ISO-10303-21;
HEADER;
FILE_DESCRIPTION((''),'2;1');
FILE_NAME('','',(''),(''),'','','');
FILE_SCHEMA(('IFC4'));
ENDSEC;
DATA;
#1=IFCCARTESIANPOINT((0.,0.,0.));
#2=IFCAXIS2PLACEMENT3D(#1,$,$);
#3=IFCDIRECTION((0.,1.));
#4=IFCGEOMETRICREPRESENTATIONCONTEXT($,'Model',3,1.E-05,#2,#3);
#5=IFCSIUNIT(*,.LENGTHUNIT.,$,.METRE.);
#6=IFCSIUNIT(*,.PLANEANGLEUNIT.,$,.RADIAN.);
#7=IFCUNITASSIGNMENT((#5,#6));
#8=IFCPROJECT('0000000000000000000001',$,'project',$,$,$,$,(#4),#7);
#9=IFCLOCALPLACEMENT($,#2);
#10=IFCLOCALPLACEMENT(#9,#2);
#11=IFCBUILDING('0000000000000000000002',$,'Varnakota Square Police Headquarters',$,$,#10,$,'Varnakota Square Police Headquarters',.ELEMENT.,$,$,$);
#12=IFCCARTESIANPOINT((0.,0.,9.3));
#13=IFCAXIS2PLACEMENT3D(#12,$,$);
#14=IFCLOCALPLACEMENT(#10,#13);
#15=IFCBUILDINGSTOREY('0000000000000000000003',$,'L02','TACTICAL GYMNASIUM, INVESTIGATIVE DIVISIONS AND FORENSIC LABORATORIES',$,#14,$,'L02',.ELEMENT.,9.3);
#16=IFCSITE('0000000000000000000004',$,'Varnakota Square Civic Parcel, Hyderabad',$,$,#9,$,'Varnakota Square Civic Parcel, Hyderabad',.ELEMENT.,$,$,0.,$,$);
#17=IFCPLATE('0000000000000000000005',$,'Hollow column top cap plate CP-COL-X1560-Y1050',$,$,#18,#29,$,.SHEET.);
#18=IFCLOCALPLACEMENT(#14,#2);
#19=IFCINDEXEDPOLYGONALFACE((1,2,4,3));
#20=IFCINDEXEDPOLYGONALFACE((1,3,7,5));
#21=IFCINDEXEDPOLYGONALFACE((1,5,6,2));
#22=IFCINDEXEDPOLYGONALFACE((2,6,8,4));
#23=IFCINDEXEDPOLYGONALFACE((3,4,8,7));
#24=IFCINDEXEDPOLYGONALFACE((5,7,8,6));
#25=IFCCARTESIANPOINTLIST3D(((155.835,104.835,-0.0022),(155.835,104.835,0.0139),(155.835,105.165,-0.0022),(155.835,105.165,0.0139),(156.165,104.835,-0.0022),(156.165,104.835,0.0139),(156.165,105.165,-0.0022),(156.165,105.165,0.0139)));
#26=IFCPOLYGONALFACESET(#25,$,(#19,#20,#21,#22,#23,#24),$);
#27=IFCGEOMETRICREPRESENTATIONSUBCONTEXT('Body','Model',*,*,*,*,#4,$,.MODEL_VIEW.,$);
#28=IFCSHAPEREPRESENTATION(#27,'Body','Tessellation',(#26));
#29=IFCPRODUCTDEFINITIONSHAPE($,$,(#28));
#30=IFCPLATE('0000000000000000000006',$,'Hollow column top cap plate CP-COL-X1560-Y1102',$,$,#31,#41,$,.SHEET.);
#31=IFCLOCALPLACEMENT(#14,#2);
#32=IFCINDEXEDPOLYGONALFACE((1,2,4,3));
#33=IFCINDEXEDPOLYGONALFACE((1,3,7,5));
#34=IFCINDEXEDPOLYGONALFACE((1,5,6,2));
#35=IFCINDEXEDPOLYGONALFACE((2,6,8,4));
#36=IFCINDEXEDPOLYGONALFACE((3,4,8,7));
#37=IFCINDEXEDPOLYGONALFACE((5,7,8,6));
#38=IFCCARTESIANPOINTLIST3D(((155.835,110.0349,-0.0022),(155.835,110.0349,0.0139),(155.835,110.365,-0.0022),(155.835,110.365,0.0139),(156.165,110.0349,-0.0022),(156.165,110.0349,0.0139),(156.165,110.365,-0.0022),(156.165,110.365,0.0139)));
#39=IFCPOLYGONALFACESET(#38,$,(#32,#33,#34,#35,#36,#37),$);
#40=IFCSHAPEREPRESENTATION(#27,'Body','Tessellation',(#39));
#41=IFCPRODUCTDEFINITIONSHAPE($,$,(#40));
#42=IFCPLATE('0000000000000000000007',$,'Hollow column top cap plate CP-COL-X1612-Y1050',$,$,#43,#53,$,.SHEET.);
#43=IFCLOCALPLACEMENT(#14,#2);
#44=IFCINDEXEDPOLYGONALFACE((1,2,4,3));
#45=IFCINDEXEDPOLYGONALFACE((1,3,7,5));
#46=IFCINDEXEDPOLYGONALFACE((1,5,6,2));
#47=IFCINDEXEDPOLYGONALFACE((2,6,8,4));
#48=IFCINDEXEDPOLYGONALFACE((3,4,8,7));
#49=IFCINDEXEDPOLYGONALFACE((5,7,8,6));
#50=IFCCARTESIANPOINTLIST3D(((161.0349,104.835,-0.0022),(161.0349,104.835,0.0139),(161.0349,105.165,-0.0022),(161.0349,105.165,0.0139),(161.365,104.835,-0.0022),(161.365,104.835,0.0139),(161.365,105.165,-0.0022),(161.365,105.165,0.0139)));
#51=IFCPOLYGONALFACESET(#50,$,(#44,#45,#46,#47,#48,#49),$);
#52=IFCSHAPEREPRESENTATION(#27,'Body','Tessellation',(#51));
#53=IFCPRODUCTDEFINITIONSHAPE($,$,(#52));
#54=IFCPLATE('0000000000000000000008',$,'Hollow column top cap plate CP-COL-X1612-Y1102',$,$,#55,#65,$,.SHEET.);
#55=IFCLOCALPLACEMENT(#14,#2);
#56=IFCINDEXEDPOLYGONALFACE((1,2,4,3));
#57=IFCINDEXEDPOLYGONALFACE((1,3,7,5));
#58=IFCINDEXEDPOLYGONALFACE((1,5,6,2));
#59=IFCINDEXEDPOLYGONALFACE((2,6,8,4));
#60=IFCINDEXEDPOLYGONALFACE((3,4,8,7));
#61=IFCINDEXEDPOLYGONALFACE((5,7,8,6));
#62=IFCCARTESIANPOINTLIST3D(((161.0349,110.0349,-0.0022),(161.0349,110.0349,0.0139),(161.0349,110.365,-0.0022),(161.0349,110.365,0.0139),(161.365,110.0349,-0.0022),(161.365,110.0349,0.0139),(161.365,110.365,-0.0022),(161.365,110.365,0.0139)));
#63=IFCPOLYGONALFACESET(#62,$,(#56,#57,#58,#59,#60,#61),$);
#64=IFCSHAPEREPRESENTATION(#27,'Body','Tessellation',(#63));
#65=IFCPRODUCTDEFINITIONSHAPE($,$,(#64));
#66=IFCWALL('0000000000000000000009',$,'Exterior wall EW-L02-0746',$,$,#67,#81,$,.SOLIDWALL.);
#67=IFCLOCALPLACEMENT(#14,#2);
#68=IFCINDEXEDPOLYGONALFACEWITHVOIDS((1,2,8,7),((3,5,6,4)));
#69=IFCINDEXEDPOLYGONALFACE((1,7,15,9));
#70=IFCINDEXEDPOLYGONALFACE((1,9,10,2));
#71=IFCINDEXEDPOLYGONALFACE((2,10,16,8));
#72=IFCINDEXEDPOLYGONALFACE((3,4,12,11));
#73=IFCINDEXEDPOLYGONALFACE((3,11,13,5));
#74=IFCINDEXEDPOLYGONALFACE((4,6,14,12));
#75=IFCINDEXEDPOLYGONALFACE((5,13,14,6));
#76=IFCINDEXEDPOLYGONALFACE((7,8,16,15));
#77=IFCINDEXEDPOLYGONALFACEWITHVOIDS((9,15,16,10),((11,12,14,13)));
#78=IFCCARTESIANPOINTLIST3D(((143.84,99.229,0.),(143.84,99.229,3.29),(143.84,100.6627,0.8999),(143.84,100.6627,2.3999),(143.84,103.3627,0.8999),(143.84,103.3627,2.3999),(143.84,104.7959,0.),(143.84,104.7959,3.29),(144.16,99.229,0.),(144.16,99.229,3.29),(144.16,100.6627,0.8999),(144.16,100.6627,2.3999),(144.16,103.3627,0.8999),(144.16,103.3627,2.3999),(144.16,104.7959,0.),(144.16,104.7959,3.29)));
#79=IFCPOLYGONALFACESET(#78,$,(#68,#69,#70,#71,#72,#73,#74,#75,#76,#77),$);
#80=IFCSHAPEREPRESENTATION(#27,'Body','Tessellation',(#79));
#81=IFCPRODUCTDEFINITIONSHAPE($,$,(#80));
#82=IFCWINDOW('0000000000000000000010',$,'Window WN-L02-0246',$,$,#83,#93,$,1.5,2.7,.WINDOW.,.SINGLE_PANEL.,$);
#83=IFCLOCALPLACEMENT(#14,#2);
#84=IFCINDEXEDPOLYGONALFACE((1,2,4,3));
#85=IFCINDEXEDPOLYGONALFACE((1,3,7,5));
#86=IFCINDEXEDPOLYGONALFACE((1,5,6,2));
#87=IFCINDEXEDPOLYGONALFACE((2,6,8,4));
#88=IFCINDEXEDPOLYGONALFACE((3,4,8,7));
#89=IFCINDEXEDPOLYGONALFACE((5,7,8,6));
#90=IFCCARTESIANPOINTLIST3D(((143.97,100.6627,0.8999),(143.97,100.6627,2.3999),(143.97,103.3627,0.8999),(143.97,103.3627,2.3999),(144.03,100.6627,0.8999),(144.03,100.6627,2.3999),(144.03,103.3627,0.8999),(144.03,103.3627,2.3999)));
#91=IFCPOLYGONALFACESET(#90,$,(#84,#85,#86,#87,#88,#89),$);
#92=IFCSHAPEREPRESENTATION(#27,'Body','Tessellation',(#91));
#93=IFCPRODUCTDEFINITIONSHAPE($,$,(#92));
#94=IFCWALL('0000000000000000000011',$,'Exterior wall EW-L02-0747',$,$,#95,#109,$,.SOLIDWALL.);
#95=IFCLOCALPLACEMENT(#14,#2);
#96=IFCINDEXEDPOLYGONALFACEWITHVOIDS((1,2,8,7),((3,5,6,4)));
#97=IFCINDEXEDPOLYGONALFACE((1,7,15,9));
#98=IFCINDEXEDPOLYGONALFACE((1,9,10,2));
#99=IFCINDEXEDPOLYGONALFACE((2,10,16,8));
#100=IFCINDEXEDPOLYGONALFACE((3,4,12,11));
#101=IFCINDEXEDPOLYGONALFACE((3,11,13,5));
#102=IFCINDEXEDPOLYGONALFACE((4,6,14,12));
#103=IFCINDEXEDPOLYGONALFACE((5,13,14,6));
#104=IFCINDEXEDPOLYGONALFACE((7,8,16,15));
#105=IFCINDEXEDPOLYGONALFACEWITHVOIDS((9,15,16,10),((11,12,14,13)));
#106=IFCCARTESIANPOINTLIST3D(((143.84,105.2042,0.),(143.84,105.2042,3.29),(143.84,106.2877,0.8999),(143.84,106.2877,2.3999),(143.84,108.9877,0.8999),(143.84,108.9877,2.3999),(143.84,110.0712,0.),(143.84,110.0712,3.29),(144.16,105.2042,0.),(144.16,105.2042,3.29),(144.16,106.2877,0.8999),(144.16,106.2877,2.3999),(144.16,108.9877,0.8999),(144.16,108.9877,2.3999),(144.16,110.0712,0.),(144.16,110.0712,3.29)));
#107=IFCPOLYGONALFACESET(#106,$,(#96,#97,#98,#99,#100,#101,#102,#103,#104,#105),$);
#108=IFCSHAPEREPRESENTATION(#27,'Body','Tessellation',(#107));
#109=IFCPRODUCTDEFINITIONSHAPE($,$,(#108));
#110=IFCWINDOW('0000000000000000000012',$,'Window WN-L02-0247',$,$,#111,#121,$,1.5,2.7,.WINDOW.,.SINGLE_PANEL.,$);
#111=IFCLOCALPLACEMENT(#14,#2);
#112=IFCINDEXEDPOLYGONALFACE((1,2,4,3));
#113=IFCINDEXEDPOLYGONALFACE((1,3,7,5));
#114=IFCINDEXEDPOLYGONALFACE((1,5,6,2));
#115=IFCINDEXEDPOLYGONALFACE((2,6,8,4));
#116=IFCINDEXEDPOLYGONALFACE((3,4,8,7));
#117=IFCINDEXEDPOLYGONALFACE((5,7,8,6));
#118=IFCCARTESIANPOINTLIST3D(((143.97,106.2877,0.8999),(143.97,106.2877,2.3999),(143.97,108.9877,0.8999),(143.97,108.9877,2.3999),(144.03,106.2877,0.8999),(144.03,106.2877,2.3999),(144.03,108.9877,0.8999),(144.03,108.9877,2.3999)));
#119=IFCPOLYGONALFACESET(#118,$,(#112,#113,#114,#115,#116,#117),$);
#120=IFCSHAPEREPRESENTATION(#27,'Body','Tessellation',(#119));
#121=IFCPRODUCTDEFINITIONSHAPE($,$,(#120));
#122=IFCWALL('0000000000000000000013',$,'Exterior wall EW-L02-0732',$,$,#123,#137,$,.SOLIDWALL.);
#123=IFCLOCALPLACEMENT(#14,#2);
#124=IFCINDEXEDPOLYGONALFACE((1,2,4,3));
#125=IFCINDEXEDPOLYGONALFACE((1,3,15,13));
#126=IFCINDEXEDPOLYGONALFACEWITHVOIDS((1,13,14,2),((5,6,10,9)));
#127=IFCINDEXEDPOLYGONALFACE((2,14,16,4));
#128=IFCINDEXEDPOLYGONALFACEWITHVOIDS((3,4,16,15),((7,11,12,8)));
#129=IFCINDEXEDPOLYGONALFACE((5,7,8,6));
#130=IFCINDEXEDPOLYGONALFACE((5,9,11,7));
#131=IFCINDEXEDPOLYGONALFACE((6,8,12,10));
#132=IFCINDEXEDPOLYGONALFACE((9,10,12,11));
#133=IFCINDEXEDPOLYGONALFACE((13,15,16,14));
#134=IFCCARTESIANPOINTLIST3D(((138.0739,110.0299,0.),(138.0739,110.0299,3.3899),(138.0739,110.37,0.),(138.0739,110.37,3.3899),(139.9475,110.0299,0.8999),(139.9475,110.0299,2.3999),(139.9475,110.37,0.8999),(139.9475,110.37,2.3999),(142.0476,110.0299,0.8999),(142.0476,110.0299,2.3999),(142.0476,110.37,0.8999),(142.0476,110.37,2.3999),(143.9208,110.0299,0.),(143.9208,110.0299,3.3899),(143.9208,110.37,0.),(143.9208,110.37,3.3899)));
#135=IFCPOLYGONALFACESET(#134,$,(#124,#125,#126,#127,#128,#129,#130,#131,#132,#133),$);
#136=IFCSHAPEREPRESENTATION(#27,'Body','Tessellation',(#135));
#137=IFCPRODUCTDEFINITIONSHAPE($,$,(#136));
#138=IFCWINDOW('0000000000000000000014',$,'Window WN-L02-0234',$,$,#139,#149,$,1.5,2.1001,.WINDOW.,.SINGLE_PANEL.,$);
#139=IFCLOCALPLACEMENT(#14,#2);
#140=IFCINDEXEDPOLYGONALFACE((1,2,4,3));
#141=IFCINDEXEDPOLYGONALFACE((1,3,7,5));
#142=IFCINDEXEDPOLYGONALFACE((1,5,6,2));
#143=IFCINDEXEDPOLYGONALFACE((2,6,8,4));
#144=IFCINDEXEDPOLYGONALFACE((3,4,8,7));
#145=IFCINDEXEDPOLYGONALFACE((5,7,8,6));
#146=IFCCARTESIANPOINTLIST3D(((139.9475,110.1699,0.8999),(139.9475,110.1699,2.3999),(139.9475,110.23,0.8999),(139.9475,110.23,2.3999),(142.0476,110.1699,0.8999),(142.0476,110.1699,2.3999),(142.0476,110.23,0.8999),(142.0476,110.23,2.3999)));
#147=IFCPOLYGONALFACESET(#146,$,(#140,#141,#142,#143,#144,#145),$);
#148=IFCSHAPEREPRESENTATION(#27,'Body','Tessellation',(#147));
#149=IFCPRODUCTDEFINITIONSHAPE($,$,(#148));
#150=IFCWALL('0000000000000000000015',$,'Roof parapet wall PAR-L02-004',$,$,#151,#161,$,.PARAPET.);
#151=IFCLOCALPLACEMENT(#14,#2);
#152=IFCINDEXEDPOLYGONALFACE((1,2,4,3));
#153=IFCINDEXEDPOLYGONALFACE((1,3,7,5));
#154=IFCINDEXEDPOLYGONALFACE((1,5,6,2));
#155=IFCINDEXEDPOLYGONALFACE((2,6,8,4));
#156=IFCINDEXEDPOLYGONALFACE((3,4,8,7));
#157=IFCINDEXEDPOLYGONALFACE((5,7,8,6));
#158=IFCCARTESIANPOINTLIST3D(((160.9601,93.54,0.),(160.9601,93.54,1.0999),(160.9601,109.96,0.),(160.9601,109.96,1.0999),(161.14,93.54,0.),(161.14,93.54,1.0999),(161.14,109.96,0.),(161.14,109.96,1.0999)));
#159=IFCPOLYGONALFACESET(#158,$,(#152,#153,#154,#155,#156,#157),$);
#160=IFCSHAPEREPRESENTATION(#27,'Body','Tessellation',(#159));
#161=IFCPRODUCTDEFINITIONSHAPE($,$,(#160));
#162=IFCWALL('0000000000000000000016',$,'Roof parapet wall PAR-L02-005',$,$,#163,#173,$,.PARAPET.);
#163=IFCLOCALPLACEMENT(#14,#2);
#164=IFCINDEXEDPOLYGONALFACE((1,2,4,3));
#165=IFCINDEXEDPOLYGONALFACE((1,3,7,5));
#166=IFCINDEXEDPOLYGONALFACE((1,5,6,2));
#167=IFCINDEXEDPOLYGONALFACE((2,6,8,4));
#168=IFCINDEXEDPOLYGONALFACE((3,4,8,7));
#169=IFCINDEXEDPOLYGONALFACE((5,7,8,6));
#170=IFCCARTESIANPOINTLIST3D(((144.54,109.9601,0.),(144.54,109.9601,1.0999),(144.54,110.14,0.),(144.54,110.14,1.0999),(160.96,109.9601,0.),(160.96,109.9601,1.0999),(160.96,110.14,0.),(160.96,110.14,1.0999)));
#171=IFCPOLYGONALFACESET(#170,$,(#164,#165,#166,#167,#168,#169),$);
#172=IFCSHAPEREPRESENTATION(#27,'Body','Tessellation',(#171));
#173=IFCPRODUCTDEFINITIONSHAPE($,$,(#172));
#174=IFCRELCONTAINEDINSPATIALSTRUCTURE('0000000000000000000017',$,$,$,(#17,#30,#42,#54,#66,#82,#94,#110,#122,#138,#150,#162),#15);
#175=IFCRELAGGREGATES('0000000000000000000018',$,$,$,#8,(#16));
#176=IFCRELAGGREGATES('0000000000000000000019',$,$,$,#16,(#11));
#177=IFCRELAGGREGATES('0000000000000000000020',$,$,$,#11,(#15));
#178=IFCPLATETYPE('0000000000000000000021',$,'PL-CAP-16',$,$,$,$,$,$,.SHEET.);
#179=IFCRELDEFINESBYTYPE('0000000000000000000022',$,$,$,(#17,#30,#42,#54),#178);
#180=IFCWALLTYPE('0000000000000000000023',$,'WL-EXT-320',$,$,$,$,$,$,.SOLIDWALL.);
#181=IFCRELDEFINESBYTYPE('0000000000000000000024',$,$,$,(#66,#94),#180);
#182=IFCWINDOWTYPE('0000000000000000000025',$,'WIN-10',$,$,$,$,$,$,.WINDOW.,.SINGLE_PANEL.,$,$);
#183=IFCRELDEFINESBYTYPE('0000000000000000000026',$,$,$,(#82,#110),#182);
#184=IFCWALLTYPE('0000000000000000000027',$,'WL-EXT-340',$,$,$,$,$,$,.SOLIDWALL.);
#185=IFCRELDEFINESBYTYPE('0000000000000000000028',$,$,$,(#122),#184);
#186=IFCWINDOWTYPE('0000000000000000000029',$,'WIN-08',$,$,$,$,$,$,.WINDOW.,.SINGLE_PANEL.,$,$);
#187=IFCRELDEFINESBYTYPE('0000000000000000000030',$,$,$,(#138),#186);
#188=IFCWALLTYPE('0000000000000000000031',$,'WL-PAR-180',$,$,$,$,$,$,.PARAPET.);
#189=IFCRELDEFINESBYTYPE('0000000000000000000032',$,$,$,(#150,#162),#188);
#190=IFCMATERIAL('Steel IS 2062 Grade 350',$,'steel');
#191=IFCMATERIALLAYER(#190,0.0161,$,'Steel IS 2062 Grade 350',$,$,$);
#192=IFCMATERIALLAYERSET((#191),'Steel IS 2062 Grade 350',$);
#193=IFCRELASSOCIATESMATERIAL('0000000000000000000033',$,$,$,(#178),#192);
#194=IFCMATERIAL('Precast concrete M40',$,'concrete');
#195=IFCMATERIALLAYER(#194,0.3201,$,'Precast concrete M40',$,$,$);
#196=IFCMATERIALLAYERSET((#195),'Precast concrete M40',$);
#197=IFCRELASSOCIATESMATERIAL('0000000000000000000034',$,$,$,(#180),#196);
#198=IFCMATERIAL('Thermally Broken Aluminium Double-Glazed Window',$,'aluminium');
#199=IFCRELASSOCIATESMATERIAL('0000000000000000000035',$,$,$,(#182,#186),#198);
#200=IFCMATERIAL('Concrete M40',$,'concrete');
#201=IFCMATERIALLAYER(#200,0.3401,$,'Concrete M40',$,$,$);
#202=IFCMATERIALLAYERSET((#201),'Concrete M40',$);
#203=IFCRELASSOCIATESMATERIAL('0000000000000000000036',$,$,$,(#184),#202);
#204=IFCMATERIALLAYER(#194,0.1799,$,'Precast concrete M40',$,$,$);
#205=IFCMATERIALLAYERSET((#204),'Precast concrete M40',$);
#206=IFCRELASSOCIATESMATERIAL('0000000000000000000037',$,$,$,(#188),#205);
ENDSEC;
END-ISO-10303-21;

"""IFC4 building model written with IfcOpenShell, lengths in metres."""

from ifc_helpers import new_model, si_unit, direction, frame, frame_2d, origin, origin_2d, place, context, subcontext, project, spatial, rectangle, extrude, material, layer, layer_set, type_object, element, fill, save


model = new_model("IFC4")

# Units and contexts
model_context = context("Model", 3, precision=1e-05, world=origin(), true_north=direction((0.0, 1.0)))
body_context = subcontext(model_context, "Body", "Model", "MODEL_VIEW")
ifc_project = project(units=[si_unit("LENGTHUNIT", "METRE"), si_unit("PLANEANGLEUNIT", "RADIAN")], contexts=[model_context])

# Site, building, storey
site_placement = place(None, origin())
site = spatial("IfcSite", under=ifc_project, at=site_placement, Name="Varnakota Square Civic Parcel, Hyderabad", LongName="Varnakota Square Civic Parcel, Hyderabad", CompositionType="ELEMENT", RefElevation=0.0)
building_placement = place(site_placement, origin())
building = spatial("IfcBuilding", under=site, at=building_placement, Name="Varnakota Square Police Headquarters", LongName="Varnakota Square Police Headquarters", CompositionType="ELEMENT")
storey_placement = place(building_placement, frame((0.0, 0.0, 9.3)))
storey = spatial("IfcBuildingStorey", under=building, at=storey_placement, Name="L02", Description="TACTICAL GYMNASIUM, INVESTIGATIVE DIVISIONS AND FORENSIC LABORATORIES", LongName="L02", CompositionType="ELEMENT", Elevation=9.3)

# Shared definitions
ifc_material_1 = material(Name="Steel IS 2062 Grade 350", Category="steel")

# Plates
ifc_layer_1 = layer(ifc_material_1, 0.0161, Name="Steel IS 2062 Grade 350")
ifc_layer_set_1 = layer_set([ifc_layer_1], Name="Steel IS 2062 Grade 350")
plate_type = type_object("IfcPlateType", Name="PL-CAP-16", PredefinedType="SHEET", material=ifc_layer_set_1)
for number, where, z_axis, x_axis, name in (
    (1, (156.0, 105.0, -0.0022), (0.0, 0.0, 1.0), (1.0, 0.0, 0.0), "Hollow column top cap plate CP-COL-X1560-Y1050"),
    (2, (156.0, 110.2, -0.0022), (0.0, 0.0, 1.0), (1.0, 0.0, 0.0), "Hollow column top cap plate CP-COL-X1560-Y1102"),
    (3, (161.2, 105.0, -0.0022), (0.0, 0.0, 1.0), (1.0, 0.0, 0.0), "Hollow column top cap plate CP-COL-X1612-Y1050"),
    (4, (161.2, 110.2, -0.0022), (0.0, 0.0, 1.0), (1.0, 0.0, 0.0), "Hollow column top cap plate CP-COL-X1612-Y1102"),
):
    element("IfcPlate", number, at=place(storey_placement, frame(where, z_axis=z_axis, x_axis=x_axis)), inside=storey, type_object=plate_type, Name=name, PredefinedType="SHEET", context=body_context, shape_type="SweptSolid", body=[
        extrude(rectangle(XDim=0.3301, YDim=0.3301, at=origin_2d()), origin(), (0.0, 0.0, 1.0), 0.0161),
    ])

# Walls, openings, windows
ifc_material_2 = material(Name="Precast concrete M40", Category="concrete")
ifc_layer_2 = layer(ifc_material_2, 0.3201, Name="Precast concrete M40")
ifc_layer_set_2 = layer_set([ifc_layer_2], Name="Precast concrete M40")
wall_type_1 = type_object("IfcWallType", Name="WL-EXT-320", PredefinedType="SOLIDWALL", material=ifc_layer_set_2)
wall_1_placement = place(storey_placement, frame((144.0, 99.229, 0.0), z_axis=(0.0, 0.0, 1.0), x_axis=(0.0, 1.0, 0.0)))
wall_1 = element("IfcWall", 5, at=wall_1_placement, inside=storey, type_object=wall_type_1, Name="Exterior wall EW-L02-0746", PredefinedType="SOLIDWALL", context=body_context, shape_type="SweptSolid", body=[
    extrude(rectangle(XDim=5.5669, YDim=0.3201, at=frame_2d((2.7834, 0.0))), origin(), (0.0, 0.0, 1.0), 3.29),
])
opening_1_placement = place(wall_1_placement, frame((1.4336, 0.0, 0.8999)))
opening_1 = element("IfcOpeningElement", 6, at=opening_1_placement, cuts=wall_1, PredefinedType="OPENING", context=body_context, shape_type="SweptSolid", body=[
    extrude(rectangle(XDim=2.7, YDim=1.5, at=frame_2d((1.3501, 0.75))), frame((0.0, 0.1699, 0.0), z_axis=(0.0, -1.0, 0.0), x_axis=(1.0, 0.0, 0.0)), (0.0, 0.0, 1.0), 0.3401),
])
ifc_material_3 = material(Name="Thermally Broken Aluminium Double-Glazed Window", Category="aluminium")
window_type_1 = type_object("IfcWindowType", Name="WIN-10", PartitioningType="SINGLE_PANEL", PredefinedType="WINDOW", material=ifc_material_3)
window_1_placement = place(opening_1_placement, origin())
window_1 = element("IfcWindow", 7, at=window_1_placement, inside=storey, type_object=window_type_1, Name="Window WN-L02-0246", OverallHeight=1.5, OverallWidth=2.7, PartitioningType="SINGLE_PANEL", PredefinedType="WINDOW", context=body_context, shape_type="SweptSolid", body=[
    extrude(rectangle(XDim=2.7, YDim=1.5, at=frame_2d((1.3501, 0.75))), frame((0.0, 0.03, 0.0), z_axis=(0.0, -1.0, 0.0), x_axis=(1.0, 0.0, 0.0)), (0.0, 0.0, 1.0), 0.0601),
])
fill(opening_1, window_1)
wall_2_placement = place(storey_placement, frame((144.0, 105.2041, 0.0), z_axis=(0.0, 0.0, 1.0), x_axis=(0.0, 1.0, 0.0)))
wall_2 = element("IfcWall", 8, at=wall_2_placement, inside=storey, type_object=wall_type_1, Name="Exterior wall EW-L02-0747", PredefinedType="SOLIDWALL", context=body_context, shape_type="SweptSolid", body=[
    extrude(rectangle(XDim=4.8669, YDim=0.3201, at=frame_2d((2.4336, 0.0))), origin(), (0.0, 0.0, 1.0), 3.29),
])
opening_2_placement = place(wall_2_placement, frame((1.0835, 0.0, 0.8999)))
opening_2 = element("IfcOpeningElement", 9, at=opening_2_placement, cuts=wall_2, PredefinedType="OPENING", context=body_context, shape_type="SweptSolid", body=[
    extrude(rectangle(XDim=2.7, YDim=1.5, at=frame_2d((1.3501, 0.75))), frame((0.0, 0.1699, 0.0), z_axis=(0.0, -1.0, 0.0), x_axis=(1.0, 0.0, 0.0)), (0.0, 0.0, 1.0), 0.3401),
])
window_2_placement = place(opening_2_placement, origin())
window_2 = element("IfcWindow", 10, at=window_2_placement, inside=storey, type_object=window_type_1, Name="Window WN-L02-0247", OverallHeight=1.5, OverallWidth=2.7, PartitioningType="SINGLE_PANEL", PredefinedType="WINDOW", context=body_context, shape_type="SweptSolid", body=[
    extrude(rectangle(XDim=2.7, YDim=1.5, at=frame_2d((1.3501, 0.75))), frame((0.0, 0.03, 0.0), z_axis=(0.0, -1.0, 0.0), x_axis=(1.0, 0.0, 0.0)), (0.0, 0.0, 1.0), 0.0601),
])
fill(opening_2, window_2)
ifc_material_4 = material(Name="Concrete M40", Category="concrete")
ifc_layer_3 = layer(ifc_material_4, 0.3401, Name="Concrete M40")
ifc_layer_set_3 = layer_set([ifc_layer_3], Name="Concrete M40")
wall_type_2 = type_object("IfcWallType", Name="WL-EXT-340", PredefinedType="SOLIDWALL", material=ifc_layer_set_3)
wall_3_placement = place(storey_placement, frame((138.074, 110.2, 0.0), z_axis=(0.0, 0.0, 1.0), x_axis=(1.0, 0.0, 0.0)))
wall_3 = element("IfcWall", 11, at=wall_3_placement, inside=storey, type_object=wall_type_2, Name="Exterior wall EW-L02-0732", PredefinedType="SOLIDWALL", context=body_context, shape_type="SweptSolid", body=[
    extrude(rectangle(XDim=5.8469, YDim=0.3401, at=frame_2d((2.9233, 0.0))), origin(), (0.0, 0.0, 1.0), 3.3899),
])
opening_3_placement = place(wall_3_placement, frame((1.8735, 0.0, 0.8999)))
opening_3 = element("IfcOpeningElement", 12, at=opening_3_placement, cuts=wall_3, PredefinedType="OPENING", context=body_context, shape_type="SweptSolid", body=[
    extrude(rectangle(XDim=2.1001, YDim=1.5, at=frame_2d((1.05, 0.75))), frame((0.0, 0.1799, 0.0), z_axis=(0.0, -1.0, 0.0), x_axis=(1.0, 0.0, 0.0)), (0.0, 0.0, 1.0), 0.3601),
])
window_type_2 = type_object("IfcWindowType", Name="WIN-08", PartitioningType="SINGLE_PANEL", PredefinedType="WINDOW", material=ifc_material_3)
window_3_placement = place(opening_3_placement, origin())
window_3 = element("IfcWindow", 13, at=window_3_placement, inside=storey, type_object=window_type_2, Name="Window WN-L02-0234", OverallHeight=1.5, OverallWidth=2.1001, PartitioningType="SINGLE_PANEL", PredefinedType="WINDOW", context=body_context, shape_type="SweptSolid", body=[
    extrude(rectangle(XDim=2.1001, YDim=1.5, at=frame_2d((1.05, 0.75))), frame((0.0, 0.03, 0.0), z_axis=(0.0, -1.0, 0.0), x_axis=(1.0, 0.0, 0.0)), (0.0, 0.0, 1.0), 0.0601),
])
fill(opening_3, window_3)

# Walls
ifc_layer_4 = layer(ifc_material_2, 0.1799, Name="Precast concrete M40")
ifc_layer_set_4 = layer_set([ifc_layer_4], Name="Precast concrete M40")
wall_type_3 = type_object("IfcWallType", Name="WL-PAR-180", PredefinedType="PARAPET", material=ifc_layer_set_4)
for number, where, z_axis, x_axis, name in (
    (14, (161.05, 93.54, 0.0), (0.0, 0.0, 1.0), (0.0, 1.0, 0.0), "Roof parapet wall PAR-L02-004"),
    (15, (160.96, 110.05, 0.0), (0.0, 0.0, 1.0), (-1.0, 0.0, 0.0), "Roof parapet wall PAR-L02-005"),
):
    element("IfcWall", number, at=place(storey_placement, frame(where, z_axis=z_axis, x_axis=x_axis)), inside=storey, type_object=wall_type_3, Name=name, PredefinedType="PARAPET", context=body_context, shape_type="SweptSolid", body=[
        extrude(rectangle(XDim=16.4199, YDim=0.1799, at=frame_2d((8.21, 0.0))), origin(), (0.0, 0.0, 1.0), 1.0999),
    ])

save(model, "model.ifc")
